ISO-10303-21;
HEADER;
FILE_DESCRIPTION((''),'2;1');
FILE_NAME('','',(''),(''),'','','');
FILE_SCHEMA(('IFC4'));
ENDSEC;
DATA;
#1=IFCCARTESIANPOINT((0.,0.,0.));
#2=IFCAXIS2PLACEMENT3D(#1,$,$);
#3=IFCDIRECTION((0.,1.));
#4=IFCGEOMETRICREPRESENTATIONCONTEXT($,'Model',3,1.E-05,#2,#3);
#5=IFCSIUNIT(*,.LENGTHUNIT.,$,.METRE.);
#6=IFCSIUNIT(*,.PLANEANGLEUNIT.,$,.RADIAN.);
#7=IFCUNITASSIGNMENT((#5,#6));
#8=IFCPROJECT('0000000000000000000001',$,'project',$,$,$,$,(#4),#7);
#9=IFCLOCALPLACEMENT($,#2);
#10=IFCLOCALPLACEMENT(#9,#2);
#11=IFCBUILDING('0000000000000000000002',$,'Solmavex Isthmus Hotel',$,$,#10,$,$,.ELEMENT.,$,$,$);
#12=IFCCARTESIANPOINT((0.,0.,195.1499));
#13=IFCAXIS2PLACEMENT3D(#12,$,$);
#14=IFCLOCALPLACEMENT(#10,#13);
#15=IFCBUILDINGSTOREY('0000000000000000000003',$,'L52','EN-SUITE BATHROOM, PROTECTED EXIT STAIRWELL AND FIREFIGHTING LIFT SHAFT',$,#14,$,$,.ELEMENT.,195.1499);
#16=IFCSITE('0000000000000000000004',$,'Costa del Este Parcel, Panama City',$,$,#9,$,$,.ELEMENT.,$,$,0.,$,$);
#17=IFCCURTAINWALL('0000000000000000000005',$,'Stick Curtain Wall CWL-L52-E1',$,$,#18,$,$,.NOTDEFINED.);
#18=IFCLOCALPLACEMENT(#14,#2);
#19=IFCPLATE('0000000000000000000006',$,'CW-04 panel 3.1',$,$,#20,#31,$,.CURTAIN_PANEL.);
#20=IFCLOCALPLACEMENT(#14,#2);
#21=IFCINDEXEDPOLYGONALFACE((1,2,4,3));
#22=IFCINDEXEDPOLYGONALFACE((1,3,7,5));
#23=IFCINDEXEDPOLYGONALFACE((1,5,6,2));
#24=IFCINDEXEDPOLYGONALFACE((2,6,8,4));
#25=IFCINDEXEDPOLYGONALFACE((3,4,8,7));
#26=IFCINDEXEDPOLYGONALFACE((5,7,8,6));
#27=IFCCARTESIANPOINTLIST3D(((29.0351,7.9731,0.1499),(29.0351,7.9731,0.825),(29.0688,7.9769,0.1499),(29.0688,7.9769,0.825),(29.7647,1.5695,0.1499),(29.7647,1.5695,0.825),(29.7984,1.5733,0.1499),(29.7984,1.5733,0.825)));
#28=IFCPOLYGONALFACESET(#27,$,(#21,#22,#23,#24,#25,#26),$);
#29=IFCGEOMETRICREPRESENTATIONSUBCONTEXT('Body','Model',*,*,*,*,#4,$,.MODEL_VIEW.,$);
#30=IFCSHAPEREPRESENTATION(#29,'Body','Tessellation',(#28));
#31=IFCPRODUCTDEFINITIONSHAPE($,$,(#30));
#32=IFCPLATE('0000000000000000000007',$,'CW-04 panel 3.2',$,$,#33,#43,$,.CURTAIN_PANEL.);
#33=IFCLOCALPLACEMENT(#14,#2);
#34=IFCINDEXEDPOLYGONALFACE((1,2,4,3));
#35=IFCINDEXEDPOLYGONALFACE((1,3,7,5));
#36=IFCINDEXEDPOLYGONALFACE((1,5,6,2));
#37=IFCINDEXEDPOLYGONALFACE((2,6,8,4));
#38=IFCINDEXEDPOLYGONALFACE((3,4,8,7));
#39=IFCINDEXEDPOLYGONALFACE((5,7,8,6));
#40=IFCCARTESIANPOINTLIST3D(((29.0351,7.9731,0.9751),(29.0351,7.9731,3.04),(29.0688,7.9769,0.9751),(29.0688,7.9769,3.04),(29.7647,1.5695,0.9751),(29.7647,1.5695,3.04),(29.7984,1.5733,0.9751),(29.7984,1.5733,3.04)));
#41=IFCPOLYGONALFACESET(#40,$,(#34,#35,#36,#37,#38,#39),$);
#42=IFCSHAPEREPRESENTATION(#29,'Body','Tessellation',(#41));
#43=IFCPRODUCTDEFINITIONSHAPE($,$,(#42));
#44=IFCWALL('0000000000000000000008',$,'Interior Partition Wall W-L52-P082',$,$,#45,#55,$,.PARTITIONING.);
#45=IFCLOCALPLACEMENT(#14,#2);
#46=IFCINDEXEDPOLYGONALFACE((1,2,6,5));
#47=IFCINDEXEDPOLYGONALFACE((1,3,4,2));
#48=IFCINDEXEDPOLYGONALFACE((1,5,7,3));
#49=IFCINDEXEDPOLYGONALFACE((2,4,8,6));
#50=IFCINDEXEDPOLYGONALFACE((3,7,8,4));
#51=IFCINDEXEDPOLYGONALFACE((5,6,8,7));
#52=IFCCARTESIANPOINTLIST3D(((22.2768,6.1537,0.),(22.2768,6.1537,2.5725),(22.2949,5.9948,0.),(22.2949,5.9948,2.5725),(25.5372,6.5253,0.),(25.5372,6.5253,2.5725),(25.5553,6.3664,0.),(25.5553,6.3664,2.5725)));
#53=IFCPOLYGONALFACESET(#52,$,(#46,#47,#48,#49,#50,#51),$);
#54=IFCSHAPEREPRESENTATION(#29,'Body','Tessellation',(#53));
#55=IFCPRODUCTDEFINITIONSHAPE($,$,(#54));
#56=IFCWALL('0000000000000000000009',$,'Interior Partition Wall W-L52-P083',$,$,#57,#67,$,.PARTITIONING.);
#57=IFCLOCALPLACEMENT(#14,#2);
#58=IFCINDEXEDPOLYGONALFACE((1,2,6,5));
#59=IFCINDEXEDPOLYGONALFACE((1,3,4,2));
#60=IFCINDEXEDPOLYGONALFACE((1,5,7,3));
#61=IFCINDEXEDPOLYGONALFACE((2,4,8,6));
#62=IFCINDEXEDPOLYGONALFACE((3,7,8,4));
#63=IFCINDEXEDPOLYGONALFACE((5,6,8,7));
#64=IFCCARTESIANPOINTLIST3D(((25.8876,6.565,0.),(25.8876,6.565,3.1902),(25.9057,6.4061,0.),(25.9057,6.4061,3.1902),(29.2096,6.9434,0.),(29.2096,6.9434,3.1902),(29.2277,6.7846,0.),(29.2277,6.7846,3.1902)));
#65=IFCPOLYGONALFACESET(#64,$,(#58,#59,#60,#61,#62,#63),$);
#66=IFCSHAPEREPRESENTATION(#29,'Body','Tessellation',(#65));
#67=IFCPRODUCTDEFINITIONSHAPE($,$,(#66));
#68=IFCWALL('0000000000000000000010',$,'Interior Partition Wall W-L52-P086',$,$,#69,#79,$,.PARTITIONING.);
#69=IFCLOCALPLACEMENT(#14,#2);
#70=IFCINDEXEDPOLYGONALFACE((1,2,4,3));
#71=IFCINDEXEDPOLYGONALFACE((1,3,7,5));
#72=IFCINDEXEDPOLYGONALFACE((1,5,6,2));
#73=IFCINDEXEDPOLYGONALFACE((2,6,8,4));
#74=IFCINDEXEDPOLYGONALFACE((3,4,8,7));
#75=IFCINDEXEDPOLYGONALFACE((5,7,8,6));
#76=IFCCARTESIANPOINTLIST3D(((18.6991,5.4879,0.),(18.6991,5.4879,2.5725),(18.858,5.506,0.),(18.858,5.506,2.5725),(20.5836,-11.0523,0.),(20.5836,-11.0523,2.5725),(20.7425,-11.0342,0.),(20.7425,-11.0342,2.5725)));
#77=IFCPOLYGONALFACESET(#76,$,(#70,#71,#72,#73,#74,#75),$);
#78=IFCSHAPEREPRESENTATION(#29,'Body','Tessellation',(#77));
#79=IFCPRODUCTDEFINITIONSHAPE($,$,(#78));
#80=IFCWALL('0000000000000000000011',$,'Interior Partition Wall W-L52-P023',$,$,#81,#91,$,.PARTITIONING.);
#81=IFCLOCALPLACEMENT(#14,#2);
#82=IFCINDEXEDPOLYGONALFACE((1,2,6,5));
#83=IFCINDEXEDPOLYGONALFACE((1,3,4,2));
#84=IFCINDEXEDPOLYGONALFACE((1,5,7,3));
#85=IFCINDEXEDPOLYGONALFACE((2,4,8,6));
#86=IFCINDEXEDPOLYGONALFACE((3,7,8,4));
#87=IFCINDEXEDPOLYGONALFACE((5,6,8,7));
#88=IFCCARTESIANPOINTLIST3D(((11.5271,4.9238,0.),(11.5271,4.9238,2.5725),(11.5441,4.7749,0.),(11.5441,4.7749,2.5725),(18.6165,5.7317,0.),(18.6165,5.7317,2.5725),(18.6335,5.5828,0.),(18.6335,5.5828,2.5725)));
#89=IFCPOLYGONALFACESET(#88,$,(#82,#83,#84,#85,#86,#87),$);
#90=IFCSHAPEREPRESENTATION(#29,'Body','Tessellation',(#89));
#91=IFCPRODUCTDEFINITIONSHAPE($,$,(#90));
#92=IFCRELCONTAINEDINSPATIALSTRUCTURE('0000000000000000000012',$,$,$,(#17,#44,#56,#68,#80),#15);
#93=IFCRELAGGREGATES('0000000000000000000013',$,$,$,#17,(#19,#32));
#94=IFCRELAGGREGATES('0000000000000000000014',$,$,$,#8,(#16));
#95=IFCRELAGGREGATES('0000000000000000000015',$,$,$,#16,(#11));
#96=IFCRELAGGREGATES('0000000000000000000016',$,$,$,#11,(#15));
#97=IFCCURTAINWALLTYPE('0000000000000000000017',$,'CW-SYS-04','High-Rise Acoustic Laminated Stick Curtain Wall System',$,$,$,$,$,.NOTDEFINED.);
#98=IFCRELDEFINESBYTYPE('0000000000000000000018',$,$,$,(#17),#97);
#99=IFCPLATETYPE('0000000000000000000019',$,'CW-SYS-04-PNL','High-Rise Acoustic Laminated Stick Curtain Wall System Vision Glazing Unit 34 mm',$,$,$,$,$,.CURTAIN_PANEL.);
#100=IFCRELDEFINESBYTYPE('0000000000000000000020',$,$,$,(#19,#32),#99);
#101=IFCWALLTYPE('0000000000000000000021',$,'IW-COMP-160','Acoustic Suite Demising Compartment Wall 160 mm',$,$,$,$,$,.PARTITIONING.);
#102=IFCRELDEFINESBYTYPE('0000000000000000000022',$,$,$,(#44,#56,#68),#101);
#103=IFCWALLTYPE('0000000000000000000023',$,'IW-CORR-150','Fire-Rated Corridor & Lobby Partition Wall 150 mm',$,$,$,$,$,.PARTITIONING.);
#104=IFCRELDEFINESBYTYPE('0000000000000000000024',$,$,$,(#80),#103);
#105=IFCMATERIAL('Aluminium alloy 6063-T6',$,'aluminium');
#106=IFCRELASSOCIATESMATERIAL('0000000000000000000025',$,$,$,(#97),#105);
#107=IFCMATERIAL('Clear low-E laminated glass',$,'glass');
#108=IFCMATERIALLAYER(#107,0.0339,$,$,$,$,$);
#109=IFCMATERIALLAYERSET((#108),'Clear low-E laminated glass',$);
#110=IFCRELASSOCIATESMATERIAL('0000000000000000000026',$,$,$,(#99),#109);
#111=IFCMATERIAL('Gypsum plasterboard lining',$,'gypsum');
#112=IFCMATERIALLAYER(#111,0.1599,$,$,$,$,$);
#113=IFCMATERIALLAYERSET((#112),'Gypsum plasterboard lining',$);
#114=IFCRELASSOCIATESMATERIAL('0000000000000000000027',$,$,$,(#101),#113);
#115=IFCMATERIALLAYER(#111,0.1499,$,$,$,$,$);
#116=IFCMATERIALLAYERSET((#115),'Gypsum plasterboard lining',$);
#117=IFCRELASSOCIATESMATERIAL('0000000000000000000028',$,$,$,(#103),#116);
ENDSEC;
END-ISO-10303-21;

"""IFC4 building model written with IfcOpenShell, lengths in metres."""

from ifc_helpers import new_model, si_unit, direction, frame, frame_2d, origin, origin_2d, place, context, subcontext, project, spatial, rectangle, extrude, material, layer, layer_set, type_object, element, aggregate, save


model = new_model("IFC4")

# Units and contexts
model_context = context("Model", 3, precision=1e-05, world=origin(), true_north=direction((0.0, 1.0)))
body_context = subcontext(model_context, "Body", "Model", "MODEL_VIEW")
ifc_project = project(units=[si_unit("LENGTHUNIT", "METRE"), si_unit("PLANEANGLEUNIT", "RADIAN")], contexts=[model_context])

# Site, building, storey
site_placement = place(None, origin())
site = spatial("IfcSite", under=ifc_project, at=site_placement, Name="Costa del Este Parcel, Panama City", CompositionType="ELEMENT", RefElevation=0.0)
building_placement = place(site_placement, origin())
building = spatial("IfcBuilding", under=site, at=building_placement, Name="Solmavex Isthmus Hotel", CompositionType="ELEMENT")
storey_placement = place(building_placement, frame((0.0, 0.0, 195.1499)))
storey = spatial("IfcBuildingStorey", under=building, at=storey_placement, Name="L52", Description="EN-SUITE BATHROOM, PROTECTED EXIT STAIRWELL AND FIREFIGHTING LIFT SHAFT", CompositionType="ELEMENT", Elevation=195.1499)

# Curtain wall, plates
ifc_material_1 = material(Name="Aluminium alloy 6063-T6", Category="aluminium")
curtain_wall_type = type_object("IfcCurtainWallType", Name="CW-SYS-04", Description="High-Rise Acoustic Laminated Stick Curtain Wall System", PredefinedType="NOTDEFINED", material=ifc_material_1)
curtain_wall_placement = place(storey_placement, origin())
curtain_wall = element("IfcCurtainWall", 1, at=curtain_wall_placement, inside=storey, type_object=curtain_wall_type, Name="Stick Curtain Wall CWL-L52-E1", PredefinedType="NOTDEFINED")
ifc_material_2 = material(Name="Clear low-E laminated glass", Category="glass")
ifc_layer_1 = layer(ifc_material_2, 0.0339)
ifc_layer_set_1 = layer_set([ifc_layer_1], Name="Clear low-E laminated glass")
plate_type = type_object("IfcPlateType", Name="CW-SYS-04-PNL", Description="High-Rise Acoustic Laminated Stick Curtain Wall System Vision Glazing Unit 34 mm", PredefinedType="CURTAIN_PANEL", material=ifc_layer_set_1)
plate_1_placement = place(storey_placement, frame((29.4167, 4.7732, 0.1499), z_axis=(0.0, 0.0, 1.0), x_axis=(-0.113203, 0.993572, 0.0)))
plate_1 = element("IfcPlate", 2, at=plate_1_placement, type_object=plate_type, Name="CW-04 panel 3.1", PredefinedType="CURTAIN_PANEL", context=body_context, shape_type="SweptSolid", body=[
    extrude(rectangle(XDim=6.4451, YDim=0.0339, at=origin_2d()), origin(), (0.0, 0.0, 1.0), 0.675),
])
plate_2_placement = place(storey_placement, frame((29.4167, 4.7732, 0.9751), z_axis=(0.0, 0.0, 1.0), x_axis=(-0.113203, 0.993572, 0.0)))
plate_2 = element("IfcPlate", 3, at=plate_2_placement, type_object=plate_type, Name="CW-04 panel 3.2", PredefinedType="CURTAIN_PANEL", context=body_context, shape_type="SweptSolid", body=[
    extrude(rectangle(XDim=6.4451, YDim=0.0339, at=origin_2d()), origin(), (0.0, 0.0, 1.0), 2.0649),
])
aggregate(curtain_wall, [plate_1, plate_2])

# Walls
ifc_material_3 = material(Name="Gypsum plasterboard lining", Category="gypsum")
ifc_layer_2 = layer(ifc_material_3, 0.1599)
ifc_layer_set_2 = layer_set([ifc_layer_2], Name="Gypsum plasterboard lining")
wall_type_1 = type_object("IfcWallType", Name="IW-COMP-160", Description="Acoustic Suite Demising Compartment Wall 160 mm", PredefinedType="PARTITIONING", material=ifc_layer_set_2)
wall_1_placement = place(storey_placement, frame((25.5461, 6.4458, 0.0), z_axis=(0.0, 0.0, 1.0), x_axis=(-0.993569, -0.113232, 0.0)))
element("IfcWall", 4, at=wall_1_placement, inside=storey, type_object=wall_type_1, Name="Interior Partition Wall W-L52-P082", PredefinedType="PARTITIONING", context=body_context, shape_type="SweptSolid", body=[
    extrude(rectangle(XDim=3.2815, YDim=0.1599, at=frame_2d((1.6406, 0.0))), origin(), (0.0, 0.0, 1.0), 2.5725),
])
wall_2_placement = place(storey_placement, frame((29.2188, 6.864, 0.0), z_axis=(0.0, 0.0, 1.0), x_axis=(-0.993574, -0.11318, 0.0)))
element("IfcWall", 5, at=wall_2_placement, inside=storey, type_object=wall_type_1, Name="Interior Partition Wall W-L52-P083", PredefinedType="PARTITIONING", context=body_context, shape_type="SweptSolid", body=[
    extrude(rectangle(XDim=3.3435, YDim=0.1599, at=frame_2d((1.6719, 0.0))), origin(), (0.0, 0.0, 1.0), 3.1902),
])
wall_3_placement = place(storey_placement, frame((18.7786, 5.4971, 0.0), z_axis=(0.0, 0.0, 1.0), x_axis=(0.113203, -0.993572, 0.0)))
element("IfcWall", 6, at=wall_3_placement, inside=storey, type_object=wall_type_1, Name="Interior Partition Wall W-L52-P086", PredefinedType="PARTITIONING", context=body_context, shape_type="SweptSolid", body=[
    extrude(rectangle(XDim=16.6472, YDim=0.1599, at=frame_2d((8.3237, 0.0))), origin(), (0.0, 0.0, 1.0), 2.5725),
])
ifc_layer_3 = layer(ifc_material_3, 0.1499)
ifc_layer_set_3 = layer_set([ifc_layer_3], Name="Gypsum plasterboard lining")
wall_type_2 = type_object("IfcWallType", Name="IW-CORR-150", Description="Fire-Rated Corridor & Lobby Partition Wall 150 mm", PredefinedType="PARTITIONING", material=ifc_layer_set_3)
wall_4_placement = place(storey_placement, frame((18.625, 5.6572, 0.0), z_axis=(0.0, 0.0, 1.0), x_axis=(-0.99357, -0.113221, 0.0)))
element("IfcWall", 7, at=wall_4_placement, inside=storey, type_object=wall_type_2, Name="Interior Partition Wall W-L52-P023", PredefinedType="PARTITIONING", context=body_context, shape_type="SweptSolid", body=[
    extrude(rectangle(XDim=7.1353, YDim=0.1499, at=frame_2d((3.5676, 0.0))), origin(), (0.0, 0.0, 1.0), 2.5725),
])

save(model, "model.ifc")
